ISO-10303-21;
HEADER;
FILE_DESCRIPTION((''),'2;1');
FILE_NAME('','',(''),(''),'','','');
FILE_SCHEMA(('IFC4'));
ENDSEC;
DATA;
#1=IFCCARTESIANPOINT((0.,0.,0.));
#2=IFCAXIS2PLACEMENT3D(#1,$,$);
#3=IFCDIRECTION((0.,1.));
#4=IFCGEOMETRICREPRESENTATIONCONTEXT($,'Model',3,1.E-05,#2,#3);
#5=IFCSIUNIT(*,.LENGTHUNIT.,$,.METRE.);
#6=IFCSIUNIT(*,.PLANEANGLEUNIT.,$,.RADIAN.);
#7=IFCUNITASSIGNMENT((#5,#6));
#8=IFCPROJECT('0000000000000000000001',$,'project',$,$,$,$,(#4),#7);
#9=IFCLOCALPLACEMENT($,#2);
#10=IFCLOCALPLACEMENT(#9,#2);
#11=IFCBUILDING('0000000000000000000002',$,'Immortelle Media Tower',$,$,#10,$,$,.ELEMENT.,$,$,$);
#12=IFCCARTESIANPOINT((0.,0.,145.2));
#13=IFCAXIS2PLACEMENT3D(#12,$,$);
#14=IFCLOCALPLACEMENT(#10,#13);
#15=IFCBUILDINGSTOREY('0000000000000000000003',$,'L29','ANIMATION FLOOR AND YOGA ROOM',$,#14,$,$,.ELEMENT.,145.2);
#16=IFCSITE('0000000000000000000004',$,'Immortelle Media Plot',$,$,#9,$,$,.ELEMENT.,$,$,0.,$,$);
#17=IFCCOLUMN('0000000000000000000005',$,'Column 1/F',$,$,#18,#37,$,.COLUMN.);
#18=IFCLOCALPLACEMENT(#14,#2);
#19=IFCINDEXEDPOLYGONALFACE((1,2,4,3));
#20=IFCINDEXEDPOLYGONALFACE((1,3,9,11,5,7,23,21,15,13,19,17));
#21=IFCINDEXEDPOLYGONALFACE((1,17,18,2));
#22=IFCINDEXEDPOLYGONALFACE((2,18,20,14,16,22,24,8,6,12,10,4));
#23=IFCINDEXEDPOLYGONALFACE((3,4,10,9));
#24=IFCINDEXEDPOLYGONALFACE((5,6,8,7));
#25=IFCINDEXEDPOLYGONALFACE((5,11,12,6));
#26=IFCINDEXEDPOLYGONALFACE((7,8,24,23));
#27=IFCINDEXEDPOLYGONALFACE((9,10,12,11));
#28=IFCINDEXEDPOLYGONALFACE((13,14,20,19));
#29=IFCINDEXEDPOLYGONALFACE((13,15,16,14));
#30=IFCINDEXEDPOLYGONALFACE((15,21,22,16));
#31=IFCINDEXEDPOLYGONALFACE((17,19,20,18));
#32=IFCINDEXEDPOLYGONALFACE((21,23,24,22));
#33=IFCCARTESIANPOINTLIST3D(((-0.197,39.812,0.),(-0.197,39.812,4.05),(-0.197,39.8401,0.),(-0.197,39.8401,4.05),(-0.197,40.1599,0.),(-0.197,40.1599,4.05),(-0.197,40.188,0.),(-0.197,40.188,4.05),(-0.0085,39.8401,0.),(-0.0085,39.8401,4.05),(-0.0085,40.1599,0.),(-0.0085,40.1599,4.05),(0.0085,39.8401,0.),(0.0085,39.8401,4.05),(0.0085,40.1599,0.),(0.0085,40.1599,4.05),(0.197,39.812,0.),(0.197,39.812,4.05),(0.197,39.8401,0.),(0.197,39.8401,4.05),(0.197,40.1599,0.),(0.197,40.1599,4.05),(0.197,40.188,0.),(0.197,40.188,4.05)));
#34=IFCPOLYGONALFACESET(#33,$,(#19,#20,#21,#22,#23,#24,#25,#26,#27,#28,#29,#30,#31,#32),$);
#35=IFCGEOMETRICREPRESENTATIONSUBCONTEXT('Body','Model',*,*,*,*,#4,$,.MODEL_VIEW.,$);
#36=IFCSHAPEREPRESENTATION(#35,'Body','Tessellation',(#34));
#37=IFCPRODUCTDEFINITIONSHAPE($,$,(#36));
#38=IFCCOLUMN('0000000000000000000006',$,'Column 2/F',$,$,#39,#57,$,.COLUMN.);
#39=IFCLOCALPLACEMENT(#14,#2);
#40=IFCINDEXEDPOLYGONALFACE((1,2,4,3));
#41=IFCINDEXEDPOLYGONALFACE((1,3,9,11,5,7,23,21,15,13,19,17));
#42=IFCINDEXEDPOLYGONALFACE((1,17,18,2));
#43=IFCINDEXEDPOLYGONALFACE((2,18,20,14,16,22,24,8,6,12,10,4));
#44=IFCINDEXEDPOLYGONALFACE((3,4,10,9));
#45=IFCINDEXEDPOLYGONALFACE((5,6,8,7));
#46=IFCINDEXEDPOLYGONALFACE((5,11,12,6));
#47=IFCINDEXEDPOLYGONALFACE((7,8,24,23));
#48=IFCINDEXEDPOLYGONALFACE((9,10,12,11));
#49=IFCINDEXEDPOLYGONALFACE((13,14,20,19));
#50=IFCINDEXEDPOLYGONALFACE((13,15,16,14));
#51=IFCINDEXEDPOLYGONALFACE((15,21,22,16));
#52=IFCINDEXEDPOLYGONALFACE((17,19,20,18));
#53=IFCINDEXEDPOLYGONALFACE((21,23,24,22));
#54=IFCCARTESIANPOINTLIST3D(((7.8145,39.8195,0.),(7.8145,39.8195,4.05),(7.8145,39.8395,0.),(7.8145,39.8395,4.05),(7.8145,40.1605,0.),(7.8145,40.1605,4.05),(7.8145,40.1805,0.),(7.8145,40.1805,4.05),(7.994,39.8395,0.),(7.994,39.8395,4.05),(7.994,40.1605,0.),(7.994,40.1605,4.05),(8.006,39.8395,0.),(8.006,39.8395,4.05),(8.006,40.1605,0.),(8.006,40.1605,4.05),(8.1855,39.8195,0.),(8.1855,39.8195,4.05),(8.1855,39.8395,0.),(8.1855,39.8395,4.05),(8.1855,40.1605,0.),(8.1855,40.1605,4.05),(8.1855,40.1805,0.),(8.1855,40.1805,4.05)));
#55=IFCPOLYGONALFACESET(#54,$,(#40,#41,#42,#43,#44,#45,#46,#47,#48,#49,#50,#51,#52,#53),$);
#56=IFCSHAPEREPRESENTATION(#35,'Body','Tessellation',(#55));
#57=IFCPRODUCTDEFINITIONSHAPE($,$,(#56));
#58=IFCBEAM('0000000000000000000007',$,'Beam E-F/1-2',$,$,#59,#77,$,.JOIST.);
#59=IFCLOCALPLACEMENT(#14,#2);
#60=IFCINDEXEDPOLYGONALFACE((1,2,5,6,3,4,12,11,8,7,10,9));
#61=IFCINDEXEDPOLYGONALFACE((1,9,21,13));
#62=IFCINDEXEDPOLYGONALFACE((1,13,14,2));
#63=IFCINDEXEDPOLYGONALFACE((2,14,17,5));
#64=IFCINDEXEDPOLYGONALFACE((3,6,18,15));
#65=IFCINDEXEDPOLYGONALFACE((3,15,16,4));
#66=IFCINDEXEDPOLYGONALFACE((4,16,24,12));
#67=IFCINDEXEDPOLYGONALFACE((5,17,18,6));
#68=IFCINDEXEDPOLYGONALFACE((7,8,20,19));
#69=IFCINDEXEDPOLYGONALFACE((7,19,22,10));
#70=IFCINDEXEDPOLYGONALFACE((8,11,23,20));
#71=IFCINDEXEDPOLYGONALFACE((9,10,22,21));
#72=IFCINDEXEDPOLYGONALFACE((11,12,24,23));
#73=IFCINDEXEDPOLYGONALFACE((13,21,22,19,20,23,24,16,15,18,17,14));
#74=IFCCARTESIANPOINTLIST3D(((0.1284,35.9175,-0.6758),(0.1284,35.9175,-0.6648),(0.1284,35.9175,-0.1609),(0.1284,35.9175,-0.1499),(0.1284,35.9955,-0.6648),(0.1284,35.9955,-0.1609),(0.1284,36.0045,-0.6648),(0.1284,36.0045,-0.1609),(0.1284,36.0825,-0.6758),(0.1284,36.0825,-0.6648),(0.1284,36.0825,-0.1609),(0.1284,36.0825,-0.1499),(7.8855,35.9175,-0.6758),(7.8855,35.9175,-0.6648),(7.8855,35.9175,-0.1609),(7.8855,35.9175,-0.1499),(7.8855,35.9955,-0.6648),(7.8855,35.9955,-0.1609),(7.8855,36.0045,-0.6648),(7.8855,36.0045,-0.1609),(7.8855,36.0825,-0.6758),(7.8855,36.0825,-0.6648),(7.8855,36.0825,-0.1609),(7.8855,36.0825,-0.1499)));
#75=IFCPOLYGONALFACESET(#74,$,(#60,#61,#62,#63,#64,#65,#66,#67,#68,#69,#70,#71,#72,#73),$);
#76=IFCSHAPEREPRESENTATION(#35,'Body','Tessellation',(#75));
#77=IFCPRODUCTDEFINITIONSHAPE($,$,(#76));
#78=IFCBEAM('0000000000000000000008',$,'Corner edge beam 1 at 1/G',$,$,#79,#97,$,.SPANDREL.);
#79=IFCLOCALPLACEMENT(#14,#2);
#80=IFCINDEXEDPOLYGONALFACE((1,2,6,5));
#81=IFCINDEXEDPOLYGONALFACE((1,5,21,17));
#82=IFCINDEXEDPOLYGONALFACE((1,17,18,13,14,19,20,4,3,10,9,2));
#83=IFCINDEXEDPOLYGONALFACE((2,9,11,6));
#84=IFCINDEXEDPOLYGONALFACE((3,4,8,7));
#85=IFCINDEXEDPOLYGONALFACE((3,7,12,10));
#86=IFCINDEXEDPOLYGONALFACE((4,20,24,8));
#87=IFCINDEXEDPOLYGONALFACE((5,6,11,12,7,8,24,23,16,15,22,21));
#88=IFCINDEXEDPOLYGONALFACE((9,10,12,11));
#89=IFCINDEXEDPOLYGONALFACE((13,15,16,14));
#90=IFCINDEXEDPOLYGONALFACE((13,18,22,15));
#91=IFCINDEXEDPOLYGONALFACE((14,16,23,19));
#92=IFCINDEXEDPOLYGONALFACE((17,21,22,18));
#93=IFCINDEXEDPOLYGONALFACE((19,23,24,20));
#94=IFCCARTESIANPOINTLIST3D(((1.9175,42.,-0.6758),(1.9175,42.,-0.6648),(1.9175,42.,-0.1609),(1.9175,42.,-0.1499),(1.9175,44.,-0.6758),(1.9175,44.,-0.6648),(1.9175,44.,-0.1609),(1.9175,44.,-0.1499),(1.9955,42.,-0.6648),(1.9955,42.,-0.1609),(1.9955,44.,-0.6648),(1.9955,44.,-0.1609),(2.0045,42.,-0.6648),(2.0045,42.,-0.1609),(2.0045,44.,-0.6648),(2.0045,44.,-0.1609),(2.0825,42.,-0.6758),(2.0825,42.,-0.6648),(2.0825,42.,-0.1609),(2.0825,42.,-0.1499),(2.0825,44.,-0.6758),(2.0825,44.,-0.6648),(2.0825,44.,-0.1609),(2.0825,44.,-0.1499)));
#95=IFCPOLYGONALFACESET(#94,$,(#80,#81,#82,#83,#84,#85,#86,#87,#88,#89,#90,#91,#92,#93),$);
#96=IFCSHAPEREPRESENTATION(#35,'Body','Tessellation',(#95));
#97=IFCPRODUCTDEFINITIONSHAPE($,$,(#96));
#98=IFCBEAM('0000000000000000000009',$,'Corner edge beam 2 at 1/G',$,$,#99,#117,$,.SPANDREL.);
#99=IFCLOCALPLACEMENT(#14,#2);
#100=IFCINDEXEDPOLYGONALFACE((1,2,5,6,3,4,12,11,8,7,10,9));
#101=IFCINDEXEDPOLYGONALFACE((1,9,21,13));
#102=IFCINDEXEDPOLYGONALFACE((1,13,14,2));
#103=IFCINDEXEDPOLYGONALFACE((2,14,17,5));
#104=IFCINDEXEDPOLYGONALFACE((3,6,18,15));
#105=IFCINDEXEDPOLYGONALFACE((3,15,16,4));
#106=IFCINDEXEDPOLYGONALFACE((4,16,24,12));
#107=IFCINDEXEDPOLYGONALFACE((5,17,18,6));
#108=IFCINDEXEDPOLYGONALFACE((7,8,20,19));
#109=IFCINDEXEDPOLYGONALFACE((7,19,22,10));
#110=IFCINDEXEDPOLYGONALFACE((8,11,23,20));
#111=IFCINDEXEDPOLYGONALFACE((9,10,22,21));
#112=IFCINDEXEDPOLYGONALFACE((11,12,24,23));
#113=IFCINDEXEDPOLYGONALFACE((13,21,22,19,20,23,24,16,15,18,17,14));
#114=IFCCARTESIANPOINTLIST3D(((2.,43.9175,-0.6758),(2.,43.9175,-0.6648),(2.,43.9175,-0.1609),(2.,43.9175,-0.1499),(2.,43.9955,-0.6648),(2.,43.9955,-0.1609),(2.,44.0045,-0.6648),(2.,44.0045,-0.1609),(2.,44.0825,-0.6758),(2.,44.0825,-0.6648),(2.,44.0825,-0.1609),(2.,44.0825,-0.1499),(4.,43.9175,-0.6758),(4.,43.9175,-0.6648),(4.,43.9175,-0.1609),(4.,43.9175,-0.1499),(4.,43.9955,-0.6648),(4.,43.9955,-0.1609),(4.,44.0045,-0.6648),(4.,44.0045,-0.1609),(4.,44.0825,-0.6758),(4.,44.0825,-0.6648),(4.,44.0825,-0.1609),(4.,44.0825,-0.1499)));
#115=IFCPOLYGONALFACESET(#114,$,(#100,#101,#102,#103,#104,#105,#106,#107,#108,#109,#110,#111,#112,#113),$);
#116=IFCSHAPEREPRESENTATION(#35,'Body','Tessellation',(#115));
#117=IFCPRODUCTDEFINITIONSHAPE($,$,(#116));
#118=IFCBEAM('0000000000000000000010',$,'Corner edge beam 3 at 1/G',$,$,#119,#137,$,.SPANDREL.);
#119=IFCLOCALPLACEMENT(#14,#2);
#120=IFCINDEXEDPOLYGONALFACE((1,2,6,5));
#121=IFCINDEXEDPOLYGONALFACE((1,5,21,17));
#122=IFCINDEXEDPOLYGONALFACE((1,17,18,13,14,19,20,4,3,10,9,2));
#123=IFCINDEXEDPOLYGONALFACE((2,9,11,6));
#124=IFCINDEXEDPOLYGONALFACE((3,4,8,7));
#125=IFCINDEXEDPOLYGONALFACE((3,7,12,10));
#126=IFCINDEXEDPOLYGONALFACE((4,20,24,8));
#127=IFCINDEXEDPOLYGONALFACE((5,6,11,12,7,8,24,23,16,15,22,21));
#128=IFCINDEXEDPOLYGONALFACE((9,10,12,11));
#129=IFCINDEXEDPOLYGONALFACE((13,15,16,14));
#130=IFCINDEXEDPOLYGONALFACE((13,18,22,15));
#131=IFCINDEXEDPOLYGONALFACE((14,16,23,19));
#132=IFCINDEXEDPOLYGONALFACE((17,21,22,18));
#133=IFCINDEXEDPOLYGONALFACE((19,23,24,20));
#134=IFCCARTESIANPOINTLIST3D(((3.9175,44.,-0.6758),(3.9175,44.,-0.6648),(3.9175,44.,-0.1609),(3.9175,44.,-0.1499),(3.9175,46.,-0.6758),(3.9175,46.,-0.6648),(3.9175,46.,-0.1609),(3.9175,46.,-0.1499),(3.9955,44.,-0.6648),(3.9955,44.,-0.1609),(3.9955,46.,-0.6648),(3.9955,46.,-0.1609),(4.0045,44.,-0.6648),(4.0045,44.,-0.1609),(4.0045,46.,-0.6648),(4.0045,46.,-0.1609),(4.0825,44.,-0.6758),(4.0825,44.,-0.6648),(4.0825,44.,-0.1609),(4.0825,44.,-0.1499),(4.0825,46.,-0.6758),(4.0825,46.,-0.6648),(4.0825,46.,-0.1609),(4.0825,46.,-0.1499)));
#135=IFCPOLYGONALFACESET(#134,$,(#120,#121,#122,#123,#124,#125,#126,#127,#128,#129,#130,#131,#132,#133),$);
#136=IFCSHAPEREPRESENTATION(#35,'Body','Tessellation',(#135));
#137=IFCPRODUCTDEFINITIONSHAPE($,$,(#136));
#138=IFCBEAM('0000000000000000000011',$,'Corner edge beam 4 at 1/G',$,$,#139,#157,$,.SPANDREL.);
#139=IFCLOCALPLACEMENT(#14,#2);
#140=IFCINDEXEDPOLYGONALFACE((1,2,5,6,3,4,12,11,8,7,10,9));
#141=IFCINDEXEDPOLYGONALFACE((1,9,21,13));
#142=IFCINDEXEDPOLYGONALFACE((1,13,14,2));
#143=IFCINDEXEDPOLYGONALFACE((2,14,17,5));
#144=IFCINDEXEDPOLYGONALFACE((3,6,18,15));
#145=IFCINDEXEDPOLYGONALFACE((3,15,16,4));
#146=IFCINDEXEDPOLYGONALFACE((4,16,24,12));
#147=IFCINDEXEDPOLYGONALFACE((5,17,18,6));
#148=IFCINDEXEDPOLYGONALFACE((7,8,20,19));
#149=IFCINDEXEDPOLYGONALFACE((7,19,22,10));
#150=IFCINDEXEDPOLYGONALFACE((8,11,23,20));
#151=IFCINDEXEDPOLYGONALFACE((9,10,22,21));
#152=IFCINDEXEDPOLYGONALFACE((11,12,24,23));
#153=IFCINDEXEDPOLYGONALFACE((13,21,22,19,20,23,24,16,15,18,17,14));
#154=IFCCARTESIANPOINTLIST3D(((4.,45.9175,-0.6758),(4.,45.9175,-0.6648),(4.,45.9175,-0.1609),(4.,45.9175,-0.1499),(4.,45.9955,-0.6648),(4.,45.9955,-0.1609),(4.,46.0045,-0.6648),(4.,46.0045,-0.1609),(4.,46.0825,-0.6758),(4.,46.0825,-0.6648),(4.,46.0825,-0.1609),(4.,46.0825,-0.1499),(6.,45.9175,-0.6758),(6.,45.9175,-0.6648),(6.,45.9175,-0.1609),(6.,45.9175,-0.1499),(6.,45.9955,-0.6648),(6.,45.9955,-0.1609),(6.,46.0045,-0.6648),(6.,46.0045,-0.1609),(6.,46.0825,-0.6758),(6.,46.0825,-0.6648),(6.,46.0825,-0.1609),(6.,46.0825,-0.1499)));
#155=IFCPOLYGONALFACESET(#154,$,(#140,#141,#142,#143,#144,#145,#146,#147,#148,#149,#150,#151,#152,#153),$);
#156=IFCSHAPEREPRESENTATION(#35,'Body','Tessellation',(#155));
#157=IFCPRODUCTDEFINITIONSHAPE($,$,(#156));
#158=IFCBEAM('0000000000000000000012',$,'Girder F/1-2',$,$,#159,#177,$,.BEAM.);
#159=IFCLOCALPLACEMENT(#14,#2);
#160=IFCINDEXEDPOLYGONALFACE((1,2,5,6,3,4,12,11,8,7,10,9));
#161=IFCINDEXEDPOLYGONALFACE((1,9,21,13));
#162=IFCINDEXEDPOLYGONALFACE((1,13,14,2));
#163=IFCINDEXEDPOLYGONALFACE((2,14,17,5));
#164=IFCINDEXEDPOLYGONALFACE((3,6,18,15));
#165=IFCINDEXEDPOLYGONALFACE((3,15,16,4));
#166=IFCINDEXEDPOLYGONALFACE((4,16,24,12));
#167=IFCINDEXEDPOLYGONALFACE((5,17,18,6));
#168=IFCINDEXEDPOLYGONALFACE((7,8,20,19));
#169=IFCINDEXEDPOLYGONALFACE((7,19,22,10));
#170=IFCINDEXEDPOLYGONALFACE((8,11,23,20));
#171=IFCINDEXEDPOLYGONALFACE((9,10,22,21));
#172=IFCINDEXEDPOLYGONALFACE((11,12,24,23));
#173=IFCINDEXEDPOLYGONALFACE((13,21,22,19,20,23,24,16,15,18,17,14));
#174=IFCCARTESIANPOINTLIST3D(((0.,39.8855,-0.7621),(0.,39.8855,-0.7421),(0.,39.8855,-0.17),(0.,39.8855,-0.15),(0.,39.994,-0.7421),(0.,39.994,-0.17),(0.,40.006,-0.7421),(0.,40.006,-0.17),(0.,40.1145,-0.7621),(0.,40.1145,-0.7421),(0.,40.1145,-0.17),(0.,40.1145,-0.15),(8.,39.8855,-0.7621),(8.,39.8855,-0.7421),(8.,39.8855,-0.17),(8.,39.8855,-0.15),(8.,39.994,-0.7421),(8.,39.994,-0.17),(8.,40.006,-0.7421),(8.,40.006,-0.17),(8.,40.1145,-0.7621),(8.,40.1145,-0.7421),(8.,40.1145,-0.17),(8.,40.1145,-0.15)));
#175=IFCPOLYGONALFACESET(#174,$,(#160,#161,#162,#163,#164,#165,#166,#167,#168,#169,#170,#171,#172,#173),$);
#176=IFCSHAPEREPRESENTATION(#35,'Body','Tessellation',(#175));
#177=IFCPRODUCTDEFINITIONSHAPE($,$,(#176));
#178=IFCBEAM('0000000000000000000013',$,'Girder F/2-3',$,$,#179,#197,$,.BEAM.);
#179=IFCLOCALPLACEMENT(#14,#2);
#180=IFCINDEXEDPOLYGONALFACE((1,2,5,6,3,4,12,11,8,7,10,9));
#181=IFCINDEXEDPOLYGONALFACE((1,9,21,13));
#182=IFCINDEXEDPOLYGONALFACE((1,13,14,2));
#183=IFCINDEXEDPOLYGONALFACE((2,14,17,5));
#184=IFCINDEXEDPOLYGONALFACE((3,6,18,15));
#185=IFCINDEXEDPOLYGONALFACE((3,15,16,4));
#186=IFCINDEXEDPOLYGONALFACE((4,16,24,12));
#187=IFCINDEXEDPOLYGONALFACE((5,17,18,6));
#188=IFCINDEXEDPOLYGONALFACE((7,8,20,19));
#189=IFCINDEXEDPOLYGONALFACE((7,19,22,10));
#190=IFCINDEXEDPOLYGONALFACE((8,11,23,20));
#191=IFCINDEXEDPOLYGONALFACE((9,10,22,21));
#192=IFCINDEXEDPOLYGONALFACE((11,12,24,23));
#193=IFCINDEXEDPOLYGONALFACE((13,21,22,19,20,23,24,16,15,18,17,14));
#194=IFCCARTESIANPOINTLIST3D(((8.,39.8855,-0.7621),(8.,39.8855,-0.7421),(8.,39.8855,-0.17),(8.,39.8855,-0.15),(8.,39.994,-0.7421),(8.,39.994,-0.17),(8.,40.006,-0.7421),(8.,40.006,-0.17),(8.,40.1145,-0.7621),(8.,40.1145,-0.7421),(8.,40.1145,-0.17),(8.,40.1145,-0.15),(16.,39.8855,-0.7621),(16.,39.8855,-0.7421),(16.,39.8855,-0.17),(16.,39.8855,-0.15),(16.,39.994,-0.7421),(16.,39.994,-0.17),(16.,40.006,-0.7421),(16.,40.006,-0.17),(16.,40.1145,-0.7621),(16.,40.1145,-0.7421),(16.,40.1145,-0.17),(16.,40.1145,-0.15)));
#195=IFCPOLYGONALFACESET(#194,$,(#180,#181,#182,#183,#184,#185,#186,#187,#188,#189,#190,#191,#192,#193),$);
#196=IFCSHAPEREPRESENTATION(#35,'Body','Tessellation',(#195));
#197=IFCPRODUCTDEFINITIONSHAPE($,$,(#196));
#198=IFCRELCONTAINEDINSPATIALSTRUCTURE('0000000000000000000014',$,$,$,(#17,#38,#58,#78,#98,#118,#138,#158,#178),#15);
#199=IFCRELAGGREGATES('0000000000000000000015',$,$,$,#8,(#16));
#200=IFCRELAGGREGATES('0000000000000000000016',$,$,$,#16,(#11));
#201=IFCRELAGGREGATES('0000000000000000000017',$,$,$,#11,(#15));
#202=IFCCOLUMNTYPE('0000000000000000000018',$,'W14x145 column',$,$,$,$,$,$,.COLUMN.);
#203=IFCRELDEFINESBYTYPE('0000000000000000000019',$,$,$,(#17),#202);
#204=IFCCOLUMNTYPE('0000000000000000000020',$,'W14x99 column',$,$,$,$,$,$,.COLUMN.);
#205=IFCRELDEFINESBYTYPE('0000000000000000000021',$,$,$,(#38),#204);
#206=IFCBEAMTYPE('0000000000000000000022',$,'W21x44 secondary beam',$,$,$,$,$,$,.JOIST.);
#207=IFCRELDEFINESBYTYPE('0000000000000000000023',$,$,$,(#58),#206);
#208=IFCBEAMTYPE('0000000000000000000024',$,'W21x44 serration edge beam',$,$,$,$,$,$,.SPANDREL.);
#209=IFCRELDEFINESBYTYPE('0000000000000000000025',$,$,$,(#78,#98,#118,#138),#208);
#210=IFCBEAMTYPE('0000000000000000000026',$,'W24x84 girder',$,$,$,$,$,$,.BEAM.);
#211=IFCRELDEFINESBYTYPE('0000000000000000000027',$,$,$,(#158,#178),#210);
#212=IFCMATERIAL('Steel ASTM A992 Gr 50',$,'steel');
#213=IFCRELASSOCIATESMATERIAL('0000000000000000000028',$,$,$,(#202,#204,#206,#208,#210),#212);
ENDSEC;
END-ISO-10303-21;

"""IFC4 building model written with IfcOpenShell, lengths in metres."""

from ifc_helpers import new_model, si_unit, direction, frame, origin, origin_2d, place, context, subcontext, project, spatial, i_section, extrude, material, material_profile, profile_set, type_object, element, save


model = new_model("IFC4")

# Units and contexts
model_context = context("Model", 3, precision=1e-05, world=origin(), true_north=direction((0.0, 1.0)))
body_context = subcontext(model_context, "Body", "Model", "MODEL_VIEW")
ifc_project = project(units=[si_unit("LENGTHUNIT", "METRE"), si_unit("PLANEANGLEUNIT", "RADIAN")], contexts=[model_context])

# Site, building, storey
site_placement = place(None, origin())
site = spatial("IfcSite", under=ifc_project, at=site_placement, Name="Immortelle Media Plot", CompositionType="ELEMENT", RefElevation=0.0)
building_placement = place(site_placement, origin())
building = spatial("IfcBuilding", under=site, at=building_placement, Name="Immortelle Media Tower", CompositionType="ELEMENT")
storey_placement = place(building_placement, frame((0.0, 0.0, 145.2)))
storey = spatial("IfcBuildingStorey", under=building, at=storey_placement, Name="L29", Description="ANIMATION FLOOR AND YOGA ROOM", CompositionType="ELEMENT", Elevation=145.2)

# Columns
ifc_material_1 = material(Name="Steel ASTM A992 Gr 50", Category="steel")
ifc_material_profile_1 = material_profile(ifc_material_1, i_section(OverallWidth=0.394, OverallDepth=0.376, WebThickness=0.0171, FlangeThickness=0.0281, at=origin_2d()), Name="W14x145")
ifc_profile_set_1 = profile_set([ifc_material_profile_1], Name="Steel ASTM A992 Gr 50")
column_type_1 = type_object("IfcColumnType", Name="W14x145 column", PredefinedType="COLUMN", material=ifc_profile_set_1)
column_1_placement = place(storey_placement, frame((0.0, 40.0, 0.0), z_axis=(0.0, 0.0, 1.0), x_axis=(1.0, 0.0, 0.0)))
element("IfcColumn", 1, at=column_1_placement, inside=storey, type_object=column_type_1, Name="Column 1/F", PredefinedType="COLUMN", context=body_context, shape_type="SweptSolid", body=[
    extrude(i_section(OverallWidth=0.394, OverallDepth=0.376, WebThickness=0.0171, FlangeThickness=0.0281, at=origin_2d()), origin(), (0.0, 0.0, 1.0), 4.05),
])
ifc_material_profile_2 = material_profile(ifc_material_1, i_section(OverallWidth=0.3711, OverallDepth=0.3611, WebThickness=0.012, FlangeThickness=0.02, at=origin_2d()), Name="W14x99")
ifc_profile_set_2 = profile_set([ifc_material_profile_2], Name="Steel ASTM A992 Gr 50")
column_type_2 = type_object("IfcColumnType", Name="W14x99 column", PredefinedType="COLUMN", material=ifc_profile_set_2)
column_2_placement = place(storey_placement, frame((8.0, 40.0, 0.0), z_axis=(0.0, 0.0, 1.0), x_axis=(1.0, 0.0, 0.0)))
element("IfcColumn", 2, at=column_2_placement, inside=storey, type_object=column_type_2, Name="Column 2/F", PredefinedType="COLUMN", context=body_context, shape_type="SweptSolid", body=[
    extrude(i_section(OverallWidth=0.3711, OverallDepth=0.3611, WebThickness=0.012, FlangeThickness=0.02, at=origin_2d()), origin(), (0.0, 0.0, 1.0), 4.05),
])

# Beams
ifc_material_profile_3 = material_profile(ifc_material_1, i_section(OverallWidth=0.165, OverallDepth=0.5259, WebThickness=0.009, FlangeThickness=0.011, at=origin_2d()), Name="W21x44")
ifc_profile_set_3 = profile_set([ifc_material_profile_3], Name="Steel ASTM A992 Gr 50")
beam_type_1 = type_object("IfcBeamType", Name="W21x44 secondary beam", PredefinedType="JOIST", material=ifc_profile_set_3)
beam_1_placement = place(storey_placement, frame((0.1284, 36.0, -0.4128), z_axis=(1.0, 0.0, 0.0), x_axis=(0.0, 1.0, 0.0)))
element("IfcBeam", 3, at=beam_1_placement, inside=storey, type_object=beam_type_1, Name="Beam E-F/1-2", PredefinedType="JOIST", context=body_context, shape_type="SweptSolid", body=[
    extrude(i_section(OverallWidth=0.165, OverallDepth=0.5259, WebThickness=0.009, FlangeThickness=0.011, at=origin_2d()), origin(), (0.0, 0.0, 1.0), 7.7571),
])
ifc_material_profile_4 = material_profile(ifc_material_1, i_section(OverallWidth=0.165, OverallDepth=0.5259, WebThickness=0.009, FlangeThickness=0.011, at=origin_2d()), Name="W21x44")
ifc_profile_set_4 = profile_set([ifc_material_profile_4], Name="Steel ASTM A992 Gr 50")
beam_type_2 = type_object("IfcBeamType", Name="W21x44 serration edge beam", PredefinedType="SPANDREL", material=ifc_profile_set_4)
for number, where, z_axis, x_axis, name in (
    (4, (2.0, 42.0, -0.4128), (0.0, 1.0, 0.0), (-1.0, 0.0, 0.0), "Corner edge beam 1 at 1/G"),
    (5, (2.0, 44.0, -0.4128), (1.0, 0.0, 0.0), (0.0, 1.0, 0.0), "Corner edge beam 2 at 1/G"),
    (6, (4.0, 44.0, -0.4128), (0.0, 1.0, 0.0), (-1.0, 0.0, 0.0), "Corner edge beam 3 at 1/G"),
    (7, (4.0, 46.0, -0.4128), (1.0, 0.0, 0.0), (0.0, 1.0, 0.0), "Corner edge beam 4 at 1/G"),
):
    element("IfcBeam", number, at=place(storey_placement, frame(where, z_axis=z_axis, x_axis=x_axis)), inside=storey, type_object=beam_type_2, Name=name, PredefinedType="SPANDREL", context=body_context, shape_type="SweptSolid", body=[
        extrude(i_section(OverallWidth=0.165, OverallDepth=0.5259, WebThickness=0.009, FlangeThickness=0.011, at=origin_2d()), origin(), (0.0, 0.0, 1.0), 2.0),
    ])
ifc_material_profile_5 = material_profile(ifc_material_1, i_section(OverallWidth=0.229, OverallDepth=0.6121, WebThickness=0.012, FlangeThickness=0.02, at=origin_2d()), Name="W24x84")
ifc_profile_set_5 = profile_set([ifc_material_profile_5], Name="Steel ASTM A992 Gr 50")
beam_type_3 = type_object("IfcBeamType", Name="W24x84 girder", PredefinedType="BEAM", material=ifc_profile_set_5)
for number, where, z_axis, x_axis, name in (
    (8, (0.0, 40.0, -0.4561), (1.0, 0.0, 0.0), (0.0, 1.0, 0.0), "Girder F/1-2"),
    (9, (8.0, 40.0, -0.4561), (1.0, 0.0, 0.0), (0.0, 1.0, 0.0), "Girder F/2-3"),
):
    element("IfcBeam", number, at=place(storey_placement, frame(where, z_axis=z_axis, x_axis=x_axis)), inside=storey, type_object=beam_type_3, Name=name, PredefinedType="BEAM", context=body_context, shape_type="SweptSolid", body=[
        extrude(i_section(OverallWidth=0.229, OverallDepth=0.6121, WebThickness=0.012, FlangeThickness=0.02, at=origin_2d()), origin(), (0.0, 0.0, 1.0), 8.0),
    ])

save(model, "model.ifc")
